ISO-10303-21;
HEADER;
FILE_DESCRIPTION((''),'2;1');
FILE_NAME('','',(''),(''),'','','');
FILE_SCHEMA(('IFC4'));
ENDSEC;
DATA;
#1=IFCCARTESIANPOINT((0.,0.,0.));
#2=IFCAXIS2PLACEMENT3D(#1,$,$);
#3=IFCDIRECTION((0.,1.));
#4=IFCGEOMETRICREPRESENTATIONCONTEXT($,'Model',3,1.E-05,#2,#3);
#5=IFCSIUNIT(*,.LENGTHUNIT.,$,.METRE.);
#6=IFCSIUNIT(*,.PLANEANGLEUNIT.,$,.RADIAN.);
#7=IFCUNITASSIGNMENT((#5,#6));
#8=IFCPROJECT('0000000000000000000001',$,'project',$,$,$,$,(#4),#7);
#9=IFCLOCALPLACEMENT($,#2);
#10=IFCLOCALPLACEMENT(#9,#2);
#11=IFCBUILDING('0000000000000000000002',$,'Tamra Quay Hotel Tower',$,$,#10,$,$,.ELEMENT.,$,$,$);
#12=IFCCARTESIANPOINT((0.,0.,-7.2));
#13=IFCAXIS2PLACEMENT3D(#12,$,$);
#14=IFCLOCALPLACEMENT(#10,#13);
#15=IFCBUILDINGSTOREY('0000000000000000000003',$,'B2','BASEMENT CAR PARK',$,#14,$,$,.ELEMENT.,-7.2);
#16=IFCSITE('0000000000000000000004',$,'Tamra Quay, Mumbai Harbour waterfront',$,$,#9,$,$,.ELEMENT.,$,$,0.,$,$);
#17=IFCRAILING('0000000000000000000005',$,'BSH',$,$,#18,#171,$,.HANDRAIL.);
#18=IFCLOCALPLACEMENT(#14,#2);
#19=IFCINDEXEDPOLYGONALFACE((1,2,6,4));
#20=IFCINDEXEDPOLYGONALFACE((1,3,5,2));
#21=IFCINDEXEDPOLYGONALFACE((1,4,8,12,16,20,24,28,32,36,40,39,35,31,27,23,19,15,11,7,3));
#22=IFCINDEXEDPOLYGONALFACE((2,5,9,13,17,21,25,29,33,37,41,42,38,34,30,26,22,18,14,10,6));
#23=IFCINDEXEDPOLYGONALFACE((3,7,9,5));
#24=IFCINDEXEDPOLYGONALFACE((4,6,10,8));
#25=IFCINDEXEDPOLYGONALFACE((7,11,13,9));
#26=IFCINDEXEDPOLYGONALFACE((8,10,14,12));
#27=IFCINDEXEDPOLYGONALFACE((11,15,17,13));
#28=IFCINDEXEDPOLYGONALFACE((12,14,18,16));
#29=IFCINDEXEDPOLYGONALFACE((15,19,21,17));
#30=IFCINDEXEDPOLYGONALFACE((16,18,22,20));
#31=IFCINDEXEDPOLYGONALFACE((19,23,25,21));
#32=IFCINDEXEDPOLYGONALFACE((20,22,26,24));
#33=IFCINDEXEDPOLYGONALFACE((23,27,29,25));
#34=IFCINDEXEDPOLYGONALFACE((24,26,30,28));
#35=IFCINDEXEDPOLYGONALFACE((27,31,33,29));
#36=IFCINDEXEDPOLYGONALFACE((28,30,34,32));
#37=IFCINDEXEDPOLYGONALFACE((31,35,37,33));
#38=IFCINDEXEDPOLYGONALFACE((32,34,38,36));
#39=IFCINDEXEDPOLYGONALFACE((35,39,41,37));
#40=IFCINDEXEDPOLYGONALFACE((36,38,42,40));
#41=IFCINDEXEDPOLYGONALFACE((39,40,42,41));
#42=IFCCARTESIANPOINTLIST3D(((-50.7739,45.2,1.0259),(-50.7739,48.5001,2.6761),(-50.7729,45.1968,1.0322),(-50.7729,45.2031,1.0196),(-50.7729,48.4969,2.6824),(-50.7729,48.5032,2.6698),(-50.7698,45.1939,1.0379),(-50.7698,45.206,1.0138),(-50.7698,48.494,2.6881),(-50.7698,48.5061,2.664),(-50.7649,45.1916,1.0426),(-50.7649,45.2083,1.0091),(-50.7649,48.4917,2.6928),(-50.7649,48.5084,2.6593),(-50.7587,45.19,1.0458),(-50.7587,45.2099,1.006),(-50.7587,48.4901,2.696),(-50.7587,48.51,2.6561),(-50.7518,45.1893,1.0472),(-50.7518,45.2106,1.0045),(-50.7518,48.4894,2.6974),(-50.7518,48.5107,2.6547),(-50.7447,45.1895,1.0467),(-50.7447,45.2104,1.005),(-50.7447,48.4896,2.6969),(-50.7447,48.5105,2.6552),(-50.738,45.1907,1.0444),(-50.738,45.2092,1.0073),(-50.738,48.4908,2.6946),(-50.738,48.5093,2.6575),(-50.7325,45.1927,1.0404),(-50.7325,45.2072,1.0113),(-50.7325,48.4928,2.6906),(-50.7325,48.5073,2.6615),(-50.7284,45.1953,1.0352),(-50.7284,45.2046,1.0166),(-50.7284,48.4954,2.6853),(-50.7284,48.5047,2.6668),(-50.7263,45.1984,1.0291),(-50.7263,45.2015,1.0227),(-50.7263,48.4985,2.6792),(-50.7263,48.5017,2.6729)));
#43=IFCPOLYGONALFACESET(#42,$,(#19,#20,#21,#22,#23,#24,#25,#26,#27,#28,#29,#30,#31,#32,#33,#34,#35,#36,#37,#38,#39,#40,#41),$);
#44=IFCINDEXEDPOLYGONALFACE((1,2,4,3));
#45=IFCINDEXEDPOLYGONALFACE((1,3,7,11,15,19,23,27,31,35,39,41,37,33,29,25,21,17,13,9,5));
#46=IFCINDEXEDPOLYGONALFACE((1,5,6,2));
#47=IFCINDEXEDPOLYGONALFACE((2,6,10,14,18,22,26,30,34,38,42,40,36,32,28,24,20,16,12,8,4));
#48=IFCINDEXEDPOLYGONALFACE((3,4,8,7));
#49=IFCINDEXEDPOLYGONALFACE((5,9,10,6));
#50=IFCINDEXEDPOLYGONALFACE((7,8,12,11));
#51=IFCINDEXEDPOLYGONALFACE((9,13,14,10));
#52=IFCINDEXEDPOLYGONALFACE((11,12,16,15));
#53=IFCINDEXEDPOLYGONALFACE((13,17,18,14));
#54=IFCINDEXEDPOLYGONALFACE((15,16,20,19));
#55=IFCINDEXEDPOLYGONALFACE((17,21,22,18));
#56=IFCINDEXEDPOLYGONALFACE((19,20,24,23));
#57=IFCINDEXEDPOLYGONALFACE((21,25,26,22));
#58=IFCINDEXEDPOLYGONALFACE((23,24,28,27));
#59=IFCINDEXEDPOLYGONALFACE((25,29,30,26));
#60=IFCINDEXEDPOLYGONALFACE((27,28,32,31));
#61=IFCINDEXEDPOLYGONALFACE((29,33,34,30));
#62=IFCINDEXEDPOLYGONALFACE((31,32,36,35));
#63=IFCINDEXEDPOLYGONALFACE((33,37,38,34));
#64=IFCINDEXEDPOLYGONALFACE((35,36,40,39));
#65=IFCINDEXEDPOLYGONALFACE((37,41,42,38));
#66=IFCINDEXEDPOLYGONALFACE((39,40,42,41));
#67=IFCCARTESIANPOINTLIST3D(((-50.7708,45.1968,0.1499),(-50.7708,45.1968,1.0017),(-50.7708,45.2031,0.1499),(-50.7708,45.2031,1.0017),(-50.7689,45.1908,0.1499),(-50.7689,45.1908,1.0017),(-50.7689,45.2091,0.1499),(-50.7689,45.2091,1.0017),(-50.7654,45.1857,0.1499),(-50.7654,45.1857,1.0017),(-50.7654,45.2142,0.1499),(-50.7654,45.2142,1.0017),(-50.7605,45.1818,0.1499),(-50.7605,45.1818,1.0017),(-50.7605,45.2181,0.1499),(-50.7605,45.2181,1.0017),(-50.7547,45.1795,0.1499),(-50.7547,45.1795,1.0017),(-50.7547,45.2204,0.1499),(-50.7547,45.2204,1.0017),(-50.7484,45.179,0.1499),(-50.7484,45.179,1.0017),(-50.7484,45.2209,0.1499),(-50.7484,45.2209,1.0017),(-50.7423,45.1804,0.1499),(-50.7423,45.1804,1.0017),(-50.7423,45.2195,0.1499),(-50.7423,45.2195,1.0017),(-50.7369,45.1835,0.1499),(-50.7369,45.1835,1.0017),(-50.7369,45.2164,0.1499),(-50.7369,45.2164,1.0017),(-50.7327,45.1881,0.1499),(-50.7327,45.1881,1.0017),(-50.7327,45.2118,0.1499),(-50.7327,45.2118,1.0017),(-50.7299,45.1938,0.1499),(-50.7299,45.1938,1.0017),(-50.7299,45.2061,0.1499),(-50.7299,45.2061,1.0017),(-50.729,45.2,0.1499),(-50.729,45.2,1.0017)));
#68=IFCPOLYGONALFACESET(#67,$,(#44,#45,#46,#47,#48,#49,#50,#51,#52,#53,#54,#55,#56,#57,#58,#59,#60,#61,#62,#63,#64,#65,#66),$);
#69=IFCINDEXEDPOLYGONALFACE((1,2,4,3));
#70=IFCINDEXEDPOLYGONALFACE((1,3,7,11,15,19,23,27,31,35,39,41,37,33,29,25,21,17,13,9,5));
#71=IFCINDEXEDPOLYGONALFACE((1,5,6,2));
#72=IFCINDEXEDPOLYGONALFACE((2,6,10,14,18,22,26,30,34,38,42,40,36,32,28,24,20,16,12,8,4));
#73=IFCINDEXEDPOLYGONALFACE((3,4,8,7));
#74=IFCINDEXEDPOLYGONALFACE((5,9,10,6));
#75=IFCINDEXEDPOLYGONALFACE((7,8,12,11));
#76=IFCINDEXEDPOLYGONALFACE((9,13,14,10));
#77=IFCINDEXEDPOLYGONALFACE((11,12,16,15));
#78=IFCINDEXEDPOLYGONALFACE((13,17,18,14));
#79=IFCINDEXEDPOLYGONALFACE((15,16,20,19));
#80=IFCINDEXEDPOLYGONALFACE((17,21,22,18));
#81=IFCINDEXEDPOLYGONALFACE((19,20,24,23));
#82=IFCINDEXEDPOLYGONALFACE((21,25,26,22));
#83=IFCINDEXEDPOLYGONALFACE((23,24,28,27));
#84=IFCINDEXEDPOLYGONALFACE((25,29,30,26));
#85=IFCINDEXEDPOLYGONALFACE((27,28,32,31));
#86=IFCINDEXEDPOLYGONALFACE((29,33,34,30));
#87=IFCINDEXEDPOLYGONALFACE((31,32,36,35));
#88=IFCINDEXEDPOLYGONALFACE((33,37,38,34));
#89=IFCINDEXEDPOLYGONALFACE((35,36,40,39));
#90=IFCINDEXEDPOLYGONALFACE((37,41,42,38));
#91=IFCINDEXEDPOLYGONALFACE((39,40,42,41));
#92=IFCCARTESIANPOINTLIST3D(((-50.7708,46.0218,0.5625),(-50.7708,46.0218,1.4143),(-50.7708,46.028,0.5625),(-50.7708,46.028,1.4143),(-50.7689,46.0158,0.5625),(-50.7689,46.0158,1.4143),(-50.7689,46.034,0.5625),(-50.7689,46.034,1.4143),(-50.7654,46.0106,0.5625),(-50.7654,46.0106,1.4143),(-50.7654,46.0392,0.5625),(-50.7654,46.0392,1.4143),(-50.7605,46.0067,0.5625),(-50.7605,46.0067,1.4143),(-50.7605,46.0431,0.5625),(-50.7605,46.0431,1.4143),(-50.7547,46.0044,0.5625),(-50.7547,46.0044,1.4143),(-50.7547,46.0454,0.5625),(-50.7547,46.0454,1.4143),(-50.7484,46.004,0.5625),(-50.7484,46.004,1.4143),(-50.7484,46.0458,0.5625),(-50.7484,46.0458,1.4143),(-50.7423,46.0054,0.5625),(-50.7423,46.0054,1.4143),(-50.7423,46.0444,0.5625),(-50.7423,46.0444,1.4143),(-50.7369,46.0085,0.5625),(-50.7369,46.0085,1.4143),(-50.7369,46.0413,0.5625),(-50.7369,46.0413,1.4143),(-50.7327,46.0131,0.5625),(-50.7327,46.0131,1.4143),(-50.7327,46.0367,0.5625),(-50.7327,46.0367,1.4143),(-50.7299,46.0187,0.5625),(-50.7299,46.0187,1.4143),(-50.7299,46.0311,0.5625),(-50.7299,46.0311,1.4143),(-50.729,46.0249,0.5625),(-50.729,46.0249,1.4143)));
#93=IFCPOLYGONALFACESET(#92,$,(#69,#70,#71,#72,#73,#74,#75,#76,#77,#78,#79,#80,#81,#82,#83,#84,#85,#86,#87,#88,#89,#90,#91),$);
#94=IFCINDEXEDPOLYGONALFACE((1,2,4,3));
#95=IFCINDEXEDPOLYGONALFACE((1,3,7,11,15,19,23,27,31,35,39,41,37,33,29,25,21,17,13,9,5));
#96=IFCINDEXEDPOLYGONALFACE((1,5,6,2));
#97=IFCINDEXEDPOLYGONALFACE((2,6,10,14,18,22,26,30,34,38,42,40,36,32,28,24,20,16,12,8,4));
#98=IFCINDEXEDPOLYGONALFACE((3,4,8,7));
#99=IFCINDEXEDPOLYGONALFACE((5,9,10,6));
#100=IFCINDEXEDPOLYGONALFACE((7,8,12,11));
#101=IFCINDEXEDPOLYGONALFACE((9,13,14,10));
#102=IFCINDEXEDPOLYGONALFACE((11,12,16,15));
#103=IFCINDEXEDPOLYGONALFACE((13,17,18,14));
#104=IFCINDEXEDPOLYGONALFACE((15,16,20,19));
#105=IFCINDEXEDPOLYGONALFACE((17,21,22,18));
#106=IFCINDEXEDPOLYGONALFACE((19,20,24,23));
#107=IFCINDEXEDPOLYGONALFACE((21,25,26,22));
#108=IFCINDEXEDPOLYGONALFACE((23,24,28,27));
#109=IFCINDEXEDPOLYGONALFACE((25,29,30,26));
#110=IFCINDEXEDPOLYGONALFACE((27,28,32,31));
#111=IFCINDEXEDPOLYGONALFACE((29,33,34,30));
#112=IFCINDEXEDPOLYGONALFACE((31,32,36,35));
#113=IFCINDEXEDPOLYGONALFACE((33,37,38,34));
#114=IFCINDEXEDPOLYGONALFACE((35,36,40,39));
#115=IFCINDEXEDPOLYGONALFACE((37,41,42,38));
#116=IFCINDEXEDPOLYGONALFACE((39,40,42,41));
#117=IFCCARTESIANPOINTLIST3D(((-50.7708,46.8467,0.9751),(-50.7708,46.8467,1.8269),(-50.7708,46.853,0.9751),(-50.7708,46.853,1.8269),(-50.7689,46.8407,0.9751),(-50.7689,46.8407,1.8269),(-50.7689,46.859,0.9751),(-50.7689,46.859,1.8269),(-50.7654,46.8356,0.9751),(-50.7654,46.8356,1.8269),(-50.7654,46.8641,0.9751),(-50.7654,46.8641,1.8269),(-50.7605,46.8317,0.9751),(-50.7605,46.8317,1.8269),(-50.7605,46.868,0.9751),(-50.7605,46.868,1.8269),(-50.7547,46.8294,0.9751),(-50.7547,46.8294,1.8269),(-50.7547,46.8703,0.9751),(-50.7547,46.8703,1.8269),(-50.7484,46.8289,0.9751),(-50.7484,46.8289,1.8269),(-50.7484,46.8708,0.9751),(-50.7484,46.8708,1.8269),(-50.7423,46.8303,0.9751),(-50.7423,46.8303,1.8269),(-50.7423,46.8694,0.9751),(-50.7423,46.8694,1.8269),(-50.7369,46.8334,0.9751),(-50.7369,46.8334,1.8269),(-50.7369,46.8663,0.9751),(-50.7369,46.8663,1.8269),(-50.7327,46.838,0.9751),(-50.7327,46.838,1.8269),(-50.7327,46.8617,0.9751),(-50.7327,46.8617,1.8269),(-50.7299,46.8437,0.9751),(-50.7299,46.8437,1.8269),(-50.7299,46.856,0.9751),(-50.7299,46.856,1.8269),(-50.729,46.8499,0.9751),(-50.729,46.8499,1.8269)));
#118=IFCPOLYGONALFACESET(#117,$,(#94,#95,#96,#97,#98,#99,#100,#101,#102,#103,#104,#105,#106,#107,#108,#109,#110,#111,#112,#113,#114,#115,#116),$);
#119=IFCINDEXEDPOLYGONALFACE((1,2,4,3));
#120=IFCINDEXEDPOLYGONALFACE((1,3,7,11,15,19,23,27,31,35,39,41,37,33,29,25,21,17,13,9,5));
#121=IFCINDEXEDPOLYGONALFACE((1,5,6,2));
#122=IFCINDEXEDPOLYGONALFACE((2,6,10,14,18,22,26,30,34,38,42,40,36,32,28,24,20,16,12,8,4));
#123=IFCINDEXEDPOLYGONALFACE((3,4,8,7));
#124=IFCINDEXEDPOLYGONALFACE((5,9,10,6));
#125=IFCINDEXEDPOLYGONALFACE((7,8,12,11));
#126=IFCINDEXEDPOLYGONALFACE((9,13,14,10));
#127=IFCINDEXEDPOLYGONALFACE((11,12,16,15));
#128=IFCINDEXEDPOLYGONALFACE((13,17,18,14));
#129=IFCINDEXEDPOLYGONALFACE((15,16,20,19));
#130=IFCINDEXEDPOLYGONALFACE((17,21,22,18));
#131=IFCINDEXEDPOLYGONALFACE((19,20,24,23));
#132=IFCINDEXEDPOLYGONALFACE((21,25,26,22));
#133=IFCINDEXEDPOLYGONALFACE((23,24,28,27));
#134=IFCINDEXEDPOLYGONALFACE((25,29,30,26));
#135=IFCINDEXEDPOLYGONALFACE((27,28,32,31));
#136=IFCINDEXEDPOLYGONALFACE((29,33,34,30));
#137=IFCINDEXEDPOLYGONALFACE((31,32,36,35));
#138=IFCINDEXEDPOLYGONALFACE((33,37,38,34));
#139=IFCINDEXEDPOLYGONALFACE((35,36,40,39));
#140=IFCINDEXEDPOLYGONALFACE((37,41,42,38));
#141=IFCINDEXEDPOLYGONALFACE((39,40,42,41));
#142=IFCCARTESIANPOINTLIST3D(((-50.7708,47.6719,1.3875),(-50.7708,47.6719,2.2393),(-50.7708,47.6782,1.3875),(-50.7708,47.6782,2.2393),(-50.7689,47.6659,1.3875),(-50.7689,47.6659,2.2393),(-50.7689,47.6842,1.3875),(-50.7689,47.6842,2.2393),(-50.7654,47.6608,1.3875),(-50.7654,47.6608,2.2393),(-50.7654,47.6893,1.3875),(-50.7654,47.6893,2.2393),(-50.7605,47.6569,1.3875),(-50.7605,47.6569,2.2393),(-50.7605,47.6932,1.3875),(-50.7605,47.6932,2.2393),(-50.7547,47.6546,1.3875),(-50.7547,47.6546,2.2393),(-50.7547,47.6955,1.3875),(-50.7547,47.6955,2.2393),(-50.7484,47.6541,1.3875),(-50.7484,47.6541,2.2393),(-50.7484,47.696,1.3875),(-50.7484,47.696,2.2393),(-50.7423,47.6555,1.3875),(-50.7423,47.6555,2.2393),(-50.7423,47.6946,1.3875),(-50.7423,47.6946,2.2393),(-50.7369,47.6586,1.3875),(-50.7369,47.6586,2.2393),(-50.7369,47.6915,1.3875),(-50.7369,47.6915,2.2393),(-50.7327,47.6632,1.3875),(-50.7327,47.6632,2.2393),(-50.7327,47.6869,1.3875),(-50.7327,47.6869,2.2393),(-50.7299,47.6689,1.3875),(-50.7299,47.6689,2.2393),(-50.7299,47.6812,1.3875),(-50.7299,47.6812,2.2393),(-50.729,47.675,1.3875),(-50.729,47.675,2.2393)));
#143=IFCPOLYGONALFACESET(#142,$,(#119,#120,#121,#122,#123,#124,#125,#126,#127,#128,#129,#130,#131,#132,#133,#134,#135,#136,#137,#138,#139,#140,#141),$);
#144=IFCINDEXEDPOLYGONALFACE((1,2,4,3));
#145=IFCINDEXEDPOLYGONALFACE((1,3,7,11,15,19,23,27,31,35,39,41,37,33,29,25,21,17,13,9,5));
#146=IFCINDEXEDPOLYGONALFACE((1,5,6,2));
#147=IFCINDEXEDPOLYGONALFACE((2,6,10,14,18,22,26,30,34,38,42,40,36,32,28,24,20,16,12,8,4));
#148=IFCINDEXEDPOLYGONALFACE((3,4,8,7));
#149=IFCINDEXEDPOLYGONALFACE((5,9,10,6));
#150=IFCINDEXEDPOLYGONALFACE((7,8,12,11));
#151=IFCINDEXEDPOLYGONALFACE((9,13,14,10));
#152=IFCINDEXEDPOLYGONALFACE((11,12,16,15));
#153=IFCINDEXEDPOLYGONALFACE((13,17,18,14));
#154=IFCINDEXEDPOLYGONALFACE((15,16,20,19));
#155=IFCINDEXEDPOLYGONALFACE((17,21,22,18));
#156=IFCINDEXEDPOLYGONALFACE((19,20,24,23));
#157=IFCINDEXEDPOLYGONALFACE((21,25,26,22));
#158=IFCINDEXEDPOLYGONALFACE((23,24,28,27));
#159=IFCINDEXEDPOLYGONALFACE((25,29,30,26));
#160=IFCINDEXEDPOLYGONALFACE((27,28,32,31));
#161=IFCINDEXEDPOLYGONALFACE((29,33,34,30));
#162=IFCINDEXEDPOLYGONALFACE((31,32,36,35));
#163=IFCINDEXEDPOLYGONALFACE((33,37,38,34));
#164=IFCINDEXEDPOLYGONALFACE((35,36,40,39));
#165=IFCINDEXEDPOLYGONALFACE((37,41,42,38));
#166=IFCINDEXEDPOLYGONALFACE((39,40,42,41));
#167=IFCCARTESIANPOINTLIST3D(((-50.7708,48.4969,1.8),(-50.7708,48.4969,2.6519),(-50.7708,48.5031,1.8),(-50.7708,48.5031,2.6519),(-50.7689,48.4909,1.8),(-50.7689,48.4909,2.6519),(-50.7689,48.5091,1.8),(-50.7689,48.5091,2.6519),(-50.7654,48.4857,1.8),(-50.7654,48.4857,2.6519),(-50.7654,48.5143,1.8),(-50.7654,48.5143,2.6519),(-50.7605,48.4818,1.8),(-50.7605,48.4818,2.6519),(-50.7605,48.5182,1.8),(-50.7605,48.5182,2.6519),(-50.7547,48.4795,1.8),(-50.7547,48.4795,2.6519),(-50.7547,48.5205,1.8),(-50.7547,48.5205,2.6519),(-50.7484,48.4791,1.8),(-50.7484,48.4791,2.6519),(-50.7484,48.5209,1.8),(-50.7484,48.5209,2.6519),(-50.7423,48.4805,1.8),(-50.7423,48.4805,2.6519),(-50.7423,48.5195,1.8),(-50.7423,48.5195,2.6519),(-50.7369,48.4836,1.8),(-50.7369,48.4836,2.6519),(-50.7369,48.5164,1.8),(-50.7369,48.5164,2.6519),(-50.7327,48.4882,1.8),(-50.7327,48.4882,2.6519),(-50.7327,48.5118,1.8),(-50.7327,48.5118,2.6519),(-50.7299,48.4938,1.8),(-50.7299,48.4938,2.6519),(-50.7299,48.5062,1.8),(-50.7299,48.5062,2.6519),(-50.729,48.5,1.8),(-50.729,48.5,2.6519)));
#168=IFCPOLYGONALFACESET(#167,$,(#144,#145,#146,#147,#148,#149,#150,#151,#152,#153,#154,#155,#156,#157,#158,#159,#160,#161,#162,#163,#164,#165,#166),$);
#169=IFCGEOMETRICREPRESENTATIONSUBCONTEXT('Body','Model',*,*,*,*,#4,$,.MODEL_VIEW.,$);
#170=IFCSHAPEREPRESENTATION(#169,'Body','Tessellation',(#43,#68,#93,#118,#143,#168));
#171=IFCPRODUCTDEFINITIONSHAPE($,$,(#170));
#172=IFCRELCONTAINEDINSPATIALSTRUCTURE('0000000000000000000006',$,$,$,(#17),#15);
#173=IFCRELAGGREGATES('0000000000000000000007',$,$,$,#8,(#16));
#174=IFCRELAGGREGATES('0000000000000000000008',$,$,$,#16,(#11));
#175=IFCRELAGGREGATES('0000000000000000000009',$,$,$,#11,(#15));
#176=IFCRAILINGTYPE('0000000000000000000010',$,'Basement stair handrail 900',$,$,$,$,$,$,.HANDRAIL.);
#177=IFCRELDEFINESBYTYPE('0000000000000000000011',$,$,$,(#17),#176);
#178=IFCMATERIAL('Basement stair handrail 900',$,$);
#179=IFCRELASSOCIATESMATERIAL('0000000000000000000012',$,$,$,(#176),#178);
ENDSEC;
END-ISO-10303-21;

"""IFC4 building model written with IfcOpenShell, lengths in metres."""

from ifc_helpers import new_model, si_unit, direction, frame, origin, origin_2d, place, context, subcontext, project, spatial, circle, extrude, material, type_object, element, save


model = new_model("IFC4")

# Units and contexts
model_context = context("Model", 3, precision=1e-05, world=origin(), true_north=direction((0.0, 1.0)))
body_context = subcontext(model_context, "Body", "Model", "MODEL_VIEW")
ifc_project = project(units=[si_unit("LENGTHUNIT", "METRE"), si_unit("PLANEANGLEUNIT", "RADIAN")], contexts=[model_context])

# Site, building, storey
site_placement = place(None, origin())
site = spatial("IfcSite", under=ifc_project, at=site_placement, Name="Tamra Quay, Mumbai Harbour waterfront", CompositionType="ELEMENT", RefElevation=0.0)
building_placement = place(site_placement, origin())
building = spatial("IfcBuilding", under=site, at=building_placement, Name="Tamra Quay Hotel Tower", CompositionType="ELEMENT")
storey_placement = place(building_placement, frame((0.0, 0.0, -7.2)))
storey = spatial("IfcBuildingStorey", under=building, at=storey_placement, Name="B2", Description="BASEMENT CAR PARK", CompositionType="ELEMENT", Elevation=-7.2)

# Railing
ifc_material_1 = material(Name="Basement stair handrail 900")
railing_type_1 = type_object("IfcRailingType", Name="Basement stair handrail 900", PredefinedType="HANDRAIL", material=ifc_material_1)
for number, where, name in (
    (1, (-50.75, 45.2, 0.1499), "BSH"),
):
    element("IfcRailing", number, at=place(storey_placement, frame(where)), inside=storey, type_object=railing_type_1, Name=name, PredefinedType="HANDRAIL", context=body_context, shape_type="SweptSolid", body=[
        extrude(circle(Radius=0.0239, at=origin_2d()), frame((0.0, 0.0, 0.876), z_axis=(0.0, 0.894414, 0.44724), x_axis=(-1.0, 0.0, 0.0)), (0.0, 0.0, 1.0), 3.6897),
        extrude(circle(Radius=0.021, at=origin_2d()), origin(), (0.0, 0.0, 1.0), 0.8518),
        extrude(circle(Radius=0.021, at=origin_2d()), frame((0.0, 0.825, 0.4126)), (0.0, 0.0, 1.0), 0.8518),
        extrude(circle(Radius=0.021, at=origin_2d()), frame((0.0, 1.6499, 0.8252)), (0.0, 0.0, 1.0), 0.8518),
        extrude(circle(Radius=0.021, at=origin_2d()), frame((0.0, 2.4751, 1.2375)), (0.0, 0.0, 1.0), 0.8518),
        extrude(circle(Radius=0.021, at=origin_2d()), frame((0.0, 3.3, 1.6501)), (0.0, 0.0, 1.0), 0.8518),
    ])

save(model, "model.ifc")
